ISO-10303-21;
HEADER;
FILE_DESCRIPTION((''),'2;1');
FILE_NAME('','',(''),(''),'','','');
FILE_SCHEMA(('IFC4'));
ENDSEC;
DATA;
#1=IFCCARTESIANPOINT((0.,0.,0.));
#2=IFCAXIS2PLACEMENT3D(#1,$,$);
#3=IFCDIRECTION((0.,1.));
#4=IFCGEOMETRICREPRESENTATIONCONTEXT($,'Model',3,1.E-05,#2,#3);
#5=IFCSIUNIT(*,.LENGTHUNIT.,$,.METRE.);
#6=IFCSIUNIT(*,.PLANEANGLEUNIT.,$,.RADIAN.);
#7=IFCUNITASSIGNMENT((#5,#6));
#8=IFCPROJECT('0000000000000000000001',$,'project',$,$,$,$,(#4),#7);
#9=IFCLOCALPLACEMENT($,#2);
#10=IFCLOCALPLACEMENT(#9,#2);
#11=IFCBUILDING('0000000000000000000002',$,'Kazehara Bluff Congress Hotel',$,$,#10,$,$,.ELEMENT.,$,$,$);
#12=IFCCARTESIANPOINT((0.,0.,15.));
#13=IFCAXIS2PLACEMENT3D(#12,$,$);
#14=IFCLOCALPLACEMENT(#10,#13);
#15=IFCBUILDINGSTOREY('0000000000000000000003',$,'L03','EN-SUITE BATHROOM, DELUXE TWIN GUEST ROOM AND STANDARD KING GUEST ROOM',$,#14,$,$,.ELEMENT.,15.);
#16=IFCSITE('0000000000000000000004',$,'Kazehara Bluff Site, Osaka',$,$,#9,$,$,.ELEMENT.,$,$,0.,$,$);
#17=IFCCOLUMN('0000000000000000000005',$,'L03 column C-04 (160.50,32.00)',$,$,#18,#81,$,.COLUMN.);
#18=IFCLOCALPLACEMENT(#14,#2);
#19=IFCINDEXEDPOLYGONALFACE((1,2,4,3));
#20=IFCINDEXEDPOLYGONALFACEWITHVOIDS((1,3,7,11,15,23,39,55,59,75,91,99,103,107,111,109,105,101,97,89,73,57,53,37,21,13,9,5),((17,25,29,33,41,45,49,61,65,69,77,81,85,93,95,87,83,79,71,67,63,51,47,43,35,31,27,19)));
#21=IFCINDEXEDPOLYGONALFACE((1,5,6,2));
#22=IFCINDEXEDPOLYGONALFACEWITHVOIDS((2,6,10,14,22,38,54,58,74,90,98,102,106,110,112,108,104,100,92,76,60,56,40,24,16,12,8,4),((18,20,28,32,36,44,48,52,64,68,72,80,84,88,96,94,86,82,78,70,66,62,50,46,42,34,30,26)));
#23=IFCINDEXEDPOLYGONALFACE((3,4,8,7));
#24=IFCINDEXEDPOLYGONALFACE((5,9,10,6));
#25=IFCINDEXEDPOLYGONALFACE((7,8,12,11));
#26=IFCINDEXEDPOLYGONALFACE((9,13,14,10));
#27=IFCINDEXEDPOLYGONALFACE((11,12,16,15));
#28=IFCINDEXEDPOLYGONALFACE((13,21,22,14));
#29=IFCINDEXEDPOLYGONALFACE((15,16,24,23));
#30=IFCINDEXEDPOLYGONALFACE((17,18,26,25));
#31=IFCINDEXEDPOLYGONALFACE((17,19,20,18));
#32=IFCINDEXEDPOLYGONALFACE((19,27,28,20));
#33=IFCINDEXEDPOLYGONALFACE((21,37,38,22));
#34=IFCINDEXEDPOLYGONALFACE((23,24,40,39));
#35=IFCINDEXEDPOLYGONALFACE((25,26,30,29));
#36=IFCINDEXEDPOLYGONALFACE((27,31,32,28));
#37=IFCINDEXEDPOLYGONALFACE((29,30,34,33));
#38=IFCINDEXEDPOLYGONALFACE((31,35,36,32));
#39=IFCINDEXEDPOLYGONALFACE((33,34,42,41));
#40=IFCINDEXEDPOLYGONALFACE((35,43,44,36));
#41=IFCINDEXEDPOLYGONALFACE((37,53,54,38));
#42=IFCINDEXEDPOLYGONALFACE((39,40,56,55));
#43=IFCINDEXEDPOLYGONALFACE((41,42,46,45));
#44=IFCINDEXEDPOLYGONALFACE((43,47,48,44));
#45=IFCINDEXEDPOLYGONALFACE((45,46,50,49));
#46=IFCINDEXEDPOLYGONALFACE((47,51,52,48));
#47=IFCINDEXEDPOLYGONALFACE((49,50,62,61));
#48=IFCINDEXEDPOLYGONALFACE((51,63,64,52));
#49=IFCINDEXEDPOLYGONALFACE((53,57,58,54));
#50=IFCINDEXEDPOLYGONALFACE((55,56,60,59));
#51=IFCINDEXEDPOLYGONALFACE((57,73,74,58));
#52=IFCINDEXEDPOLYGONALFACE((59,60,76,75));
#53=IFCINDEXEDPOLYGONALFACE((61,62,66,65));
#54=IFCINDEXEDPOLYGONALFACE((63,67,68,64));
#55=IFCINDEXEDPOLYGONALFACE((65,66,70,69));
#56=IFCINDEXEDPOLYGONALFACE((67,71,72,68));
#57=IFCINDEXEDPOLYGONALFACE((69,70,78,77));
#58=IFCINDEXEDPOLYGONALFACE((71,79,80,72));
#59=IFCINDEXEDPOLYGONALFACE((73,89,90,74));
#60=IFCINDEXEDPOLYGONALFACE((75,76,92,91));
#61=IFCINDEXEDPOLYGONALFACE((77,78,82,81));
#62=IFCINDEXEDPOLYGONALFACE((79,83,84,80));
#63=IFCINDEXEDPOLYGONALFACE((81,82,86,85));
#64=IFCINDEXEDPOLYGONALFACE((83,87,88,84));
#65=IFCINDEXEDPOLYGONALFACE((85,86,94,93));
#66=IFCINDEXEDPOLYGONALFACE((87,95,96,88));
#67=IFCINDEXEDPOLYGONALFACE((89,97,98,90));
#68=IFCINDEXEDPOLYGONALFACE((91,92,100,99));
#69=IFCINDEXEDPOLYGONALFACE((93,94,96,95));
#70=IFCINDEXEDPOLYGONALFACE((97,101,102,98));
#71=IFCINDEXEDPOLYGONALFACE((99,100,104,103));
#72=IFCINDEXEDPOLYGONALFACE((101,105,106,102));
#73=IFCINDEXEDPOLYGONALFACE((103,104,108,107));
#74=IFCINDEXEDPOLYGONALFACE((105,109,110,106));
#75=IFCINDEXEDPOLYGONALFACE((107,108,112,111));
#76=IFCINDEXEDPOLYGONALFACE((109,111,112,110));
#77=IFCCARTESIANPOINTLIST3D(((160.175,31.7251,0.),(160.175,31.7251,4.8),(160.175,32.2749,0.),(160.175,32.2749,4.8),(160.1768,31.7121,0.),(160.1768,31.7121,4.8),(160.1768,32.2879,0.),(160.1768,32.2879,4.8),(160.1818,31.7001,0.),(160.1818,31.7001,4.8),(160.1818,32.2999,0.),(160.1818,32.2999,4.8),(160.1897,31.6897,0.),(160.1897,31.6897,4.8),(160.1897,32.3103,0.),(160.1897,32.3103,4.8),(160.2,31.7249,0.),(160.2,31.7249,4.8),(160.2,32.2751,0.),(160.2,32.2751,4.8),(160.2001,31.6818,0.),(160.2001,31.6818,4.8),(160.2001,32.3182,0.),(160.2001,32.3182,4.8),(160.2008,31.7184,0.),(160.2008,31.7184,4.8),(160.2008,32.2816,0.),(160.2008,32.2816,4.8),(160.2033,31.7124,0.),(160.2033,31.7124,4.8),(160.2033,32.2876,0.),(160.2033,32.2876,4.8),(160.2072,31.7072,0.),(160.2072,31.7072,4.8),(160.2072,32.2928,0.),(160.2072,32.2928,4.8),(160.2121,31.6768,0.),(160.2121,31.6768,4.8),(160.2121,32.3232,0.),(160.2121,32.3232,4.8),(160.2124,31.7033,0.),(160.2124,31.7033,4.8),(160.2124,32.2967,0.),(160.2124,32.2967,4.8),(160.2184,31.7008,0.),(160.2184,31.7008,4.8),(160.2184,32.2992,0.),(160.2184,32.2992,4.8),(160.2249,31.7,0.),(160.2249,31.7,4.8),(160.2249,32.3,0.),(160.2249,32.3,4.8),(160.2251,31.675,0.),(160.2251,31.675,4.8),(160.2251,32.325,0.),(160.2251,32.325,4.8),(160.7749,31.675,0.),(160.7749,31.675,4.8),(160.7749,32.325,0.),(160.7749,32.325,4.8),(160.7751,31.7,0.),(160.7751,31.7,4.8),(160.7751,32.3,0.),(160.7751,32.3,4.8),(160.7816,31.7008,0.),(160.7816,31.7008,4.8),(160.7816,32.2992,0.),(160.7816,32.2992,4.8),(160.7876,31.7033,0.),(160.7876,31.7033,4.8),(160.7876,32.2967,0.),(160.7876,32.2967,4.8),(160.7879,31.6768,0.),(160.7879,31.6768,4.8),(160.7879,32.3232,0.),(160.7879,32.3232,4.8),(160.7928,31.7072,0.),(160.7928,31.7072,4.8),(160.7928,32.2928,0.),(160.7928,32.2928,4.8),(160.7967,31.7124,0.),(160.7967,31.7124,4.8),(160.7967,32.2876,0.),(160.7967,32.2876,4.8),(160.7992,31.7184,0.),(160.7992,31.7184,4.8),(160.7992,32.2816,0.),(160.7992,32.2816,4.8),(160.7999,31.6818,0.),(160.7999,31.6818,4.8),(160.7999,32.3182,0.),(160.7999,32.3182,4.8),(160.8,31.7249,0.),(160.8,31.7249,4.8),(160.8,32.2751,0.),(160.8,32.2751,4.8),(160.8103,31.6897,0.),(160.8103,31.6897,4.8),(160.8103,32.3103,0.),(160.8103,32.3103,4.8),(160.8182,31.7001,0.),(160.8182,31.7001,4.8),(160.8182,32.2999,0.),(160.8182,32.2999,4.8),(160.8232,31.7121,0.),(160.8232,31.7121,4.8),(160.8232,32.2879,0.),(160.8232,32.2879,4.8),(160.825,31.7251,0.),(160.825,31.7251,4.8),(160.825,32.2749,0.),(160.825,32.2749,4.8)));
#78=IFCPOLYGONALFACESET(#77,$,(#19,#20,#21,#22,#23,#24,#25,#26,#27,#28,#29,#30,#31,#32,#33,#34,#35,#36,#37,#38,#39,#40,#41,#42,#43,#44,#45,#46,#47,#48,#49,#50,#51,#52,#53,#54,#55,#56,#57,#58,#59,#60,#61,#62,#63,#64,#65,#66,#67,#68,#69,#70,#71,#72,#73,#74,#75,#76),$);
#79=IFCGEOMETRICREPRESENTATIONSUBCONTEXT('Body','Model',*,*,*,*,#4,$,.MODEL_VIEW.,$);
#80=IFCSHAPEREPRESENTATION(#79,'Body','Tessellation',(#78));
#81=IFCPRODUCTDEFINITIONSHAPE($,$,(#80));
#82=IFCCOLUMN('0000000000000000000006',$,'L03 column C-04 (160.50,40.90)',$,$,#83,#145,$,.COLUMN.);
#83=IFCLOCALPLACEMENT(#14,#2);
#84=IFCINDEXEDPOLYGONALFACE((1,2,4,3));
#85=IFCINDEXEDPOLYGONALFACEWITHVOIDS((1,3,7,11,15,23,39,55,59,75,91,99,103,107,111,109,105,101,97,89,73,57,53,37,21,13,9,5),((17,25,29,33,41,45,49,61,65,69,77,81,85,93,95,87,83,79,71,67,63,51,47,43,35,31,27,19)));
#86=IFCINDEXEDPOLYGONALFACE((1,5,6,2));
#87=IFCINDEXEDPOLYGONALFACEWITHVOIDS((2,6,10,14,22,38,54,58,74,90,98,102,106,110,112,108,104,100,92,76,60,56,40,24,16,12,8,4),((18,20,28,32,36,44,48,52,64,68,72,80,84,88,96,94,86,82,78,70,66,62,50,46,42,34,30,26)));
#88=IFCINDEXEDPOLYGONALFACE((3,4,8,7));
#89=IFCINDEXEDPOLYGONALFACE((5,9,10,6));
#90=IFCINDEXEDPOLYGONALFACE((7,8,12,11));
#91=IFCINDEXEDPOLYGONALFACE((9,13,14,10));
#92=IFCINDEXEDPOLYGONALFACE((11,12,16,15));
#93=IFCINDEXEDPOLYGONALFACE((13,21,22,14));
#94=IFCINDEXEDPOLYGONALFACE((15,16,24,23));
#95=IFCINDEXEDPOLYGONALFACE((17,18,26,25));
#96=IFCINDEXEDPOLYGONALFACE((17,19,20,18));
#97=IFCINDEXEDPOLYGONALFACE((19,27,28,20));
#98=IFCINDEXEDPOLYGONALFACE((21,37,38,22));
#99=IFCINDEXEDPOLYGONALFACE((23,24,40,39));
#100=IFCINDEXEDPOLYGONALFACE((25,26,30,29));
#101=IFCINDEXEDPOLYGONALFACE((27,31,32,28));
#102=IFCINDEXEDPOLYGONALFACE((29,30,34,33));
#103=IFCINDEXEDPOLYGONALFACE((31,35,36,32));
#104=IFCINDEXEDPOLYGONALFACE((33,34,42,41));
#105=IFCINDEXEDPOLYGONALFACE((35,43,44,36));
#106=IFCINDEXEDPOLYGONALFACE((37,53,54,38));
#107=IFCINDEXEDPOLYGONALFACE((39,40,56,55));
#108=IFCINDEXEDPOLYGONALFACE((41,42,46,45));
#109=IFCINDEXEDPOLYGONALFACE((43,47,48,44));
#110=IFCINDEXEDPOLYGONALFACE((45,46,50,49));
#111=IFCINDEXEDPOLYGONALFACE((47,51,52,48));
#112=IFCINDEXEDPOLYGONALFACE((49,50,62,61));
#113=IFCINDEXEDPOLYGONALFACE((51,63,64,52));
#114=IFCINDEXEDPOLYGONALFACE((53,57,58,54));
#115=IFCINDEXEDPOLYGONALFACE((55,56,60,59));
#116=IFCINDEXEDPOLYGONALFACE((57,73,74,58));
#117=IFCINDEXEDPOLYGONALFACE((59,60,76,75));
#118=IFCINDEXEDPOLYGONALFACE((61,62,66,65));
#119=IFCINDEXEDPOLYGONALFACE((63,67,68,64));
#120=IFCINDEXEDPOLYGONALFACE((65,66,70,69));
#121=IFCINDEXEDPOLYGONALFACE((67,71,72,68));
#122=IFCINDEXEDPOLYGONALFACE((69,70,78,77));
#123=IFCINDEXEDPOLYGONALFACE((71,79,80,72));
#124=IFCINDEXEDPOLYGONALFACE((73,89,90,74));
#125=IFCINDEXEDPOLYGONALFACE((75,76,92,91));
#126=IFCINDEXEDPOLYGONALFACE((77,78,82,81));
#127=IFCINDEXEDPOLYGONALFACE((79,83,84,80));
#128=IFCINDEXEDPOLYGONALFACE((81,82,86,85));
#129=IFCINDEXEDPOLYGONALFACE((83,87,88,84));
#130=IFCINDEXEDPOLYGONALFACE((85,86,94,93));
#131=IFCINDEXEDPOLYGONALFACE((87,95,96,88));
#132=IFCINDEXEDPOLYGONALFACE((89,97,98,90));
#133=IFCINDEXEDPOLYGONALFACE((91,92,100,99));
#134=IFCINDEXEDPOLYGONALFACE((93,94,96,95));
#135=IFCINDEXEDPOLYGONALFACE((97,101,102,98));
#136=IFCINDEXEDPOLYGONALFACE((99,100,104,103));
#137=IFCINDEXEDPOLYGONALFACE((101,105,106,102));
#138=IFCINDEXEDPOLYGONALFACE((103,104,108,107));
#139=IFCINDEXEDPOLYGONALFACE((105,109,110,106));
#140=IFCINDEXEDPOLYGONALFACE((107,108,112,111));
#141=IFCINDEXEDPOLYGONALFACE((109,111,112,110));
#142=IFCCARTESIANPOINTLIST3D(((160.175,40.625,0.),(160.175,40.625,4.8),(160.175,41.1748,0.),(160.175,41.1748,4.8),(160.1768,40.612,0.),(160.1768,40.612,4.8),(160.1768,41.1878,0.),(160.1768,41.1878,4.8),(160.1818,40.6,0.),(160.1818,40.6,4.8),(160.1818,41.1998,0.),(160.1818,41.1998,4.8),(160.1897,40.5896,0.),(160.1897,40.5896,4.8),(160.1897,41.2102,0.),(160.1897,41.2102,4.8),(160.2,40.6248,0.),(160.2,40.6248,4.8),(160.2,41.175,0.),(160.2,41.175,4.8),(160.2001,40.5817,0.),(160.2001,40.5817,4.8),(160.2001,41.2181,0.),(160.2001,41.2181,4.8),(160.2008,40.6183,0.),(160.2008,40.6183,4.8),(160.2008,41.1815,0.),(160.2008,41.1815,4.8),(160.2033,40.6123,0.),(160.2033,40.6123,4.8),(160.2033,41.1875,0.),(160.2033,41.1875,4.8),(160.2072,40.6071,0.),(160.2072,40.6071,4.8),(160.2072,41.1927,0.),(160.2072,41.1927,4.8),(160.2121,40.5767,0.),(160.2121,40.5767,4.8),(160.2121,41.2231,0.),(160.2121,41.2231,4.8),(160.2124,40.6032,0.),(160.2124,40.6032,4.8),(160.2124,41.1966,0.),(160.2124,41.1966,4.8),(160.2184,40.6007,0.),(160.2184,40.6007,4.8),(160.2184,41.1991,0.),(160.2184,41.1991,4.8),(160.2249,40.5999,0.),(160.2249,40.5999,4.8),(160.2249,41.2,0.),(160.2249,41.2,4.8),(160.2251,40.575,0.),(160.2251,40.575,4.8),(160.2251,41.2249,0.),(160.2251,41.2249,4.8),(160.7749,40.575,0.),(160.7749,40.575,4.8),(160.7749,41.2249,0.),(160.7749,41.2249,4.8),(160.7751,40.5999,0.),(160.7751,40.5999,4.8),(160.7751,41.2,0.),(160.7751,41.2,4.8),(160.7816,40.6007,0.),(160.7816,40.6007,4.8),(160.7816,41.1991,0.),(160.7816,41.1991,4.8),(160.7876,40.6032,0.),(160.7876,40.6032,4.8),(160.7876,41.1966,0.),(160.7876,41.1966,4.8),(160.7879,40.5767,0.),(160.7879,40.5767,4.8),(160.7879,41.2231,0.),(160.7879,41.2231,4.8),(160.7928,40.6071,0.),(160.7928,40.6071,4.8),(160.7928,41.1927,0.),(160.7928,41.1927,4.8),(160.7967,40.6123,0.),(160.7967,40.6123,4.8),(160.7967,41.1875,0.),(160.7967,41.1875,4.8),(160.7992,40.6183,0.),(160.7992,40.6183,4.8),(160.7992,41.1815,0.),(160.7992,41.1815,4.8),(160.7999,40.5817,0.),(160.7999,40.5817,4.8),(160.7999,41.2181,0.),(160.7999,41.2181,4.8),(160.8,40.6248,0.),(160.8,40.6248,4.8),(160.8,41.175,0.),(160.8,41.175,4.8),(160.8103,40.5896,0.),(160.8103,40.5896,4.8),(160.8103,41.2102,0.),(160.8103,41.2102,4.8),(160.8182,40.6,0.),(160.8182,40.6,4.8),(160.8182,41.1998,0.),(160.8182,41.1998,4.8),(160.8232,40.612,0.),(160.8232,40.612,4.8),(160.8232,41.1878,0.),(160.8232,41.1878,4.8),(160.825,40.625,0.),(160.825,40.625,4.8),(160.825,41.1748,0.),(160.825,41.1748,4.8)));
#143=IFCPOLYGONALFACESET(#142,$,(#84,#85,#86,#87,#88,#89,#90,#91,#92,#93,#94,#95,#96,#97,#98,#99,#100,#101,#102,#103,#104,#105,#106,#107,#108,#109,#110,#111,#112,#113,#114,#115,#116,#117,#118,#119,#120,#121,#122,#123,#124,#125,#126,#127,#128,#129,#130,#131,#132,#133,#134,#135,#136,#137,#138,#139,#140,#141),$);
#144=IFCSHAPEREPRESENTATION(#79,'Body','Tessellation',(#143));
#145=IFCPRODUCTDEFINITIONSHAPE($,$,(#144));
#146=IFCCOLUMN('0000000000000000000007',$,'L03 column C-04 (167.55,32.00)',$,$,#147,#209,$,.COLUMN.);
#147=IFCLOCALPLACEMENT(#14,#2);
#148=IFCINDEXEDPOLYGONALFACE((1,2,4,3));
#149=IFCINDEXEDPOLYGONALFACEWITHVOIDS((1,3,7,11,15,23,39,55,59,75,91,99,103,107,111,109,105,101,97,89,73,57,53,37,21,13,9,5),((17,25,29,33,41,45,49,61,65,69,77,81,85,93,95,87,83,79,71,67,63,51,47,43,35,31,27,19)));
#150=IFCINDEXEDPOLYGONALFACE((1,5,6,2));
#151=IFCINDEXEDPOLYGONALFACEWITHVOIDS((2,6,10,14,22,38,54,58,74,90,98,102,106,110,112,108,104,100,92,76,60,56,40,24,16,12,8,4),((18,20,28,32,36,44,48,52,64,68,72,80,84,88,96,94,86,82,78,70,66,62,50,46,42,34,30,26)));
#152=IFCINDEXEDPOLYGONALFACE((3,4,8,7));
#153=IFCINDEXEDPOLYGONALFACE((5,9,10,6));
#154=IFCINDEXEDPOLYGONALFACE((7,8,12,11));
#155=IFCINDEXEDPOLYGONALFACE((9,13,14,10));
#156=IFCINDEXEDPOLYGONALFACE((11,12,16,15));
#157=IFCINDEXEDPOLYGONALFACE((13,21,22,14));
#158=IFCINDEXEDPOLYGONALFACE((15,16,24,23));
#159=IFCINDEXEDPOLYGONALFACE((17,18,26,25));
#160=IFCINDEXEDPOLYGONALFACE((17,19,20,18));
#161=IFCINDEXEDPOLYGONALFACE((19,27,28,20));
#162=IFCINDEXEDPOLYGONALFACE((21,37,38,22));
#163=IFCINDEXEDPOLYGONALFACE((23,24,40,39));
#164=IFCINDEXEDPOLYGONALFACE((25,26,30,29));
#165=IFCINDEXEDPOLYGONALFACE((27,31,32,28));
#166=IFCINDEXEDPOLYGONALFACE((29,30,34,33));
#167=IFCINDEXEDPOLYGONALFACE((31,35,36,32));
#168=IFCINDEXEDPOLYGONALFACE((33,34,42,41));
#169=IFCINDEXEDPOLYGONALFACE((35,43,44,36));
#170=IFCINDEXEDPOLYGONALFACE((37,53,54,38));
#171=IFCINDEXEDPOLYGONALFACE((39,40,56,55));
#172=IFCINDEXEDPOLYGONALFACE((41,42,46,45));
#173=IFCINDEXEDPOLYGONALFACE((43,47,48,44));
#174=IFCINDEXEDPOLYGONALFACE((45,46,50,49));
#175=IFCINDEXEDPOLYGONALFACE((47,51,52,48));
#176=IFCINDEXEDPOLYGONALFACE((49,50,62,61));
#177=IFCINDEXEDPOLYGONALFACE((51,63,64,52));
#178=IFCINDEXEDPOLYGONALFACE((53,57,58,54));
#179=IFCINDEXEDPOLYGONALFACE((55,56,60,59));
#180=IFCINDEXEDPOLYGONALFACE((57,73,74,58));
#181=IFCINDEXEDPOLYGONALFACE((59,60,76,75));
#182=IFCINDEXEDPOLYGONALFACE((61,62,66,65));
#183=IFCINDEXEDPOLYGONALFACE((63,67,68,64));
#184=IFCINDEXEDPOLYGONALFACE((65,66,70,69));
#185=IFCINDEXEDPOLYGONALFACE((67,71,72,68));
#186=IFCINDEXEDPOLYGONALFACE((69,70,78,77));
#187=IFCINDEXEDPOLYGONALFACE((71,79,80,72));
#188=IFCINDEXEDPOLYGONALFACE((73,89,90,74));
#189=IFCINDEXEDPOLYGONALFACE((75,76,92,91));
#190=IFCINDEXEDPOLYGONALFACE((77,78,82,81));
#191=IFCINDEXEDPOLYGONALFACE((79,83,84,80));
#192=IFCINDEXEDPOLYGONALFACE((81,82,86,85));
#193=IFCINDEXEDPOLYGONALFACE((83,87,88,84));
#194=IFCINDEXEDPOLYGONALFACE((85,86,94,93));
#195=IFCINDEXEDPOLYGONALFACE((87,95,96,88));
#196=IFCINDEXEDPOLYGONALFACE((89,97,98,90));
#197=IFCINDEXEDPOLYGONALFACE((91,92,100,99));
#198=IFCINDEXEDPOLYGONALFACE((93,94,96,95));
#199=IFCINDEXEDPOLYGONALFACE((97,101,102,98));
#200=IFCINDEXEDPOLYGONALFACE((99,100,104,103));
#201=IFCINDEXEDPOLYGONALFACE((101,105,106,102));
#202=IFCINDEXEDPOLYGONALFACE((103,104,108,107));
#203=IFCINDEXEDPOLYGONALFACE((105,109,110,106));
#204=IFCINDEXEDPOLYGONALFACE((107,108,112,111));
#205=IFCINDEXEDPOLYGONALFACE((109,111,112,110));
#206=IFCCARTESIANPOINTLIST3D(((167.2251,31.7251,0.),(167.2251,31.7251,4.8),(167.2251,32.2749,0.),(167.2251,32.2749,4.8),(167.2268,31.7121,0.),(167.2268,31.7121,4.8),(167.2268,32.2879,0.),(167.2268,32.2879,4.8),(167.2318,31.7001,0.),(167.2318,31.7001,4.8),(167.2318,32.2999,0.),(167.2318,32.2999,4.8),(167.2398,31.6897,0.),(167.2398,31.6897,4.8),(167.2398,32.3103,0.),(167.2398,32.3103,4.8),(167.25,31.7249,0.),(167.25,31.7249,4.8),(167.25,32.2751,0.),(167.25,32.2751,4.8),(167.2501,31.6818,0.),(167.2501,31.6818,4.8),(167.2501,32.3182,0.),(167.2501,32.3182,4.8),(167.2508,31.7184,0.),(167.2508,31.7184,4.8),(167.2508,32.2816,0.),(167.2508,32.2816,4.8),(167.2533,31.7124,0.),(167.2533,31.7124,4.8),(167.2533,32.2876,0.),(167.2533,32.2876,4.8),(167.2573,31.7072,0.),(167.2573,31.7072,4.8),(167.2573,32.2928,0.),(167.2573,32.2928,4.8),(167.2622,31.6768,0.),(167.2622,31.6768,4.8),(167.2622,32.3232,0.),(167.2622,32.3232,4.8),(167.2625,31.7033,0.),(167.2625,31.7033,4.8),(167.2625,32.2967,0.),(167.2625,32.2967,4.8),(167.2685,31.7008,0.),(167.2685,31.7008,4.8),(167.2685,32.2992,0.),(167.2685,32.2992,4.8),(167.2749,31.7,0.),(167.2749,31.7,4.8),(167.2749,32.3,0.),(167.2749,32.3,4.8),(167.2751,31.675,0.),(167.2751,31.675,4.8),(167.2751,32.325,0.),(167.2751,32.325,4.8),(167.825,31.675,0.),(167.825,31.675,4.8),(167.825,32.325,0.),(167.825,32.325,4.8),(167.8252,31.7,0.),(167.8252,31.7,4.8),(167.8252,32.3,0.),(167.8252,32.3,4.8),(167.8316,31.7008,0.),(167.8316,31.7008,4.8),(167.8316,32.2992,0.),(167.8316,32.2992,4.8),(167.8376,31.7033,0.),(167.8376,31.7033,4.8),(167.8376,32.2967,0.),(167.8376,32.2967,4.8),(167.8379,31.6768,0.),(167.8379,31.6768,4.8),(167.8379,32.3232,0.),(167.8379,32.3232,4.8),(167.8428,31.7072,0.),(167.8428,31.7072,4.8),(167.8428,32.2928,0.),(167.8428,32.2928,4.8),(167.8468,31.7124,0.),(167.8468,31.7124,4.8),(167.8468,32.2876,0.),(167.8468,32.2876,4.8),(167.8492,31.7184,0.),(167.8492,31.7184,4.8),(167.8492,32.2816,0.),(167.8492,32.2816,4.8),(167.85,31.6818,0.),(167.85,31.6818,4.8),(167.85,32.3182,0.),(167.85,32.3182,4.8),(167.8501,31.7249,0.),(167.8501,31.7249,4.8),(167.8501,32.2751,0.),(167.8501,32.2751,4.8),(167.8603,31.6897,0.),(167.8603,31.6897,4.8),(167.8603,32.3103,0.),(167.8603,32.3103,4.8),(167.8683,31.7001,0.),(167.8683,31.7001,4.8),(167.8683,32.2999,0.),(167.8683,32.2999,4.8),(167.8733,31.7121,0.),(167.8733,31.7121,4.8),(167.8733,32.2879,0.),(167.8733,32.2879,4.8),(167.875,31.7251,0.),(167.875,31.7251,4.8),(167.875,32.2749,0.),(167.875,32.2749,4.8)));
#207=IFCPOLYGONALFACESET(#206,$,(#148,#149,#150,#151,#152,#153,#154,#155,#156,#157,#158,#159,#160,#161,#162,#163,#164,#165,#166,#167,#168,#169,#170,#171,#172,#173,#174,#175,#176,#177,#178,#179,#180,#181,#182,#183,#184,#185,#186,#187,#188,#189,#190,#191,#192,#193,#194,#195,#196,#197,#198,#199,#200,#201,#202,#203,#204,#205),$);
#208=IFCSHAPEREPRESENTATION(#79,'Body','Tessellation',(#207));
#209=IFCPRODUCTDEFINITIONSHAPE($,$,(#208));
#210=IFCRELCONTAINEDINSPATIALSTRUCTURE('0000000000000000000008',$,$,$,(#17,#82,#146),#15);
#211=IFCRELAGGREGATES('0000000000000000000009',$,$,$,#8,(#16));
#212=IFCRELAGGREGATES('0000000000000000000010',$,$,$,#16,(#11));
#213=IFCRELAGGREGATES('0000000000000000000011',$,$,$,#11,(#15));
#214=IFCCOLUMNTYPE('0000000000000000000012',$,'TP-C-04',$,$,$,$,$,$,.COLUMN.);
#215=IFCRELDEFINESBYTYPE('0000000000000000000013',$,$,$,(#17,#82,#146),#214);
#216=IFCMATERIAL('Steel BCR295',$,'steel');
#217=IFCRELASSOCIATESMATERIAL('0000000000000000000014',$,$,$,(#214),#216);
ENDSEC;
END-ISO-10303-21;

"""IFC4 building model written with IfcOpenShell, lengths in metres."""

from ifc_helpers import new_model, si_unit, direction, frame, origin, origin_2d, place, context, subcontext, project, spatial, hollow_rectangle, extrude, material, material_profile, profile_set, type_object, element, save


model = new_model("IFC4")

# Units and contexts
model_context = context("Model", 3, precision=1e-05, world=origin(), true_north=direction((0.0, 1.0)))
body_context = subcontext(model_context, "Body", "Model", "MODEL_VIEW")
ifc_project = project(units=[si_unit("LENGTHUNIT", "METRE"), si_unit("PLANEANGLEUNIT", "RADIAN")], contexts=[model_context])

# Site, building, storey
site_placement = place(None, origin())
site = spatial("IfcSite", under=ifc_project, at=site_placement, Name="Kazehara Bluff Site, Osaka", CompositionType="ELEMENT", RefElevation=0.0)
building_placement = place(site_placement, origin())
building = spatial("IfcBuilding", under=site, at=building_placement, Name="Kazehara Bluff Congress Hotel", CompositionType="ELEMENT")
storey_placement = place(building_placement, frame((0.0, 0.0, 15.0)))
storey = spatial("IfcBuildingStorey", under=building, at=storey_placement, Name="L03", Description="EN-SUITE BATHROOM, DELUXE TWIN GUEST ROOM AND STANDARD KING GUEST ROOM", CompositionType="ELEMENT", Elevation=15.0)

# Columns
ifc_material_1 = material(Name="Steel BCR295", Category="steel")
ifc_material_profile_1 = material_profile(ifc_material_1, hollow_rectangle(XDim=0.6499, YDim=0.6499, WallThickness=0.0249, InnerFilletRadius=0.0249, OuterFilletRadius=0.05, at=origin_2d()))
ifc_profile_set_1 = profile_set([ifc_material_profile_1], Name="Steel BCR295")
column_type = type_object("IfcColumnType", Name="TP-C-04", PredefinedType="COLUMN", material=ifc_profile_set_1)
for number, where, z_axis, x_axis, name in (
    (1, (160.5, 32.0, 0.0), (0.0, 0.0, 1.0), (1.0, 0.0, 0.0), "L03 column C-04 (160.50,32.00)"),
    (2, (160.5, 40.8999, 0.0), (0.0, 0.0, 1.0), (1.0, 0.0, 0.0), "L03 column C-04 (160.50,40.90)"),
    (3, (167.55, 32.0, 0.0), (0.0, 0.0, 1.0), (1.0, 0.0, 0.0), "L03 column C-04 (167.55,32.00)"),
):
    element("IfcColumn", number, at=place(storey_placement, frame(where, z_axis=z_axis, x_axis=x_axis)), inside=storey, type_object=column_type, Name=name, PredefinedType="COLUMN", context=body_context, shape_type="SweptSolid", body=[
        extrude(hollow_rectangle(XDim=0.6499, YDim=0.6499, WallThickness=0.0249, InnerFilletRadius=0.0249, OuterFilletRadius=0.05, at=origin_2d()), origin(), (0.0, 0.0, 1.0), 4.8),
    ])

save(model, "model.ifc")
